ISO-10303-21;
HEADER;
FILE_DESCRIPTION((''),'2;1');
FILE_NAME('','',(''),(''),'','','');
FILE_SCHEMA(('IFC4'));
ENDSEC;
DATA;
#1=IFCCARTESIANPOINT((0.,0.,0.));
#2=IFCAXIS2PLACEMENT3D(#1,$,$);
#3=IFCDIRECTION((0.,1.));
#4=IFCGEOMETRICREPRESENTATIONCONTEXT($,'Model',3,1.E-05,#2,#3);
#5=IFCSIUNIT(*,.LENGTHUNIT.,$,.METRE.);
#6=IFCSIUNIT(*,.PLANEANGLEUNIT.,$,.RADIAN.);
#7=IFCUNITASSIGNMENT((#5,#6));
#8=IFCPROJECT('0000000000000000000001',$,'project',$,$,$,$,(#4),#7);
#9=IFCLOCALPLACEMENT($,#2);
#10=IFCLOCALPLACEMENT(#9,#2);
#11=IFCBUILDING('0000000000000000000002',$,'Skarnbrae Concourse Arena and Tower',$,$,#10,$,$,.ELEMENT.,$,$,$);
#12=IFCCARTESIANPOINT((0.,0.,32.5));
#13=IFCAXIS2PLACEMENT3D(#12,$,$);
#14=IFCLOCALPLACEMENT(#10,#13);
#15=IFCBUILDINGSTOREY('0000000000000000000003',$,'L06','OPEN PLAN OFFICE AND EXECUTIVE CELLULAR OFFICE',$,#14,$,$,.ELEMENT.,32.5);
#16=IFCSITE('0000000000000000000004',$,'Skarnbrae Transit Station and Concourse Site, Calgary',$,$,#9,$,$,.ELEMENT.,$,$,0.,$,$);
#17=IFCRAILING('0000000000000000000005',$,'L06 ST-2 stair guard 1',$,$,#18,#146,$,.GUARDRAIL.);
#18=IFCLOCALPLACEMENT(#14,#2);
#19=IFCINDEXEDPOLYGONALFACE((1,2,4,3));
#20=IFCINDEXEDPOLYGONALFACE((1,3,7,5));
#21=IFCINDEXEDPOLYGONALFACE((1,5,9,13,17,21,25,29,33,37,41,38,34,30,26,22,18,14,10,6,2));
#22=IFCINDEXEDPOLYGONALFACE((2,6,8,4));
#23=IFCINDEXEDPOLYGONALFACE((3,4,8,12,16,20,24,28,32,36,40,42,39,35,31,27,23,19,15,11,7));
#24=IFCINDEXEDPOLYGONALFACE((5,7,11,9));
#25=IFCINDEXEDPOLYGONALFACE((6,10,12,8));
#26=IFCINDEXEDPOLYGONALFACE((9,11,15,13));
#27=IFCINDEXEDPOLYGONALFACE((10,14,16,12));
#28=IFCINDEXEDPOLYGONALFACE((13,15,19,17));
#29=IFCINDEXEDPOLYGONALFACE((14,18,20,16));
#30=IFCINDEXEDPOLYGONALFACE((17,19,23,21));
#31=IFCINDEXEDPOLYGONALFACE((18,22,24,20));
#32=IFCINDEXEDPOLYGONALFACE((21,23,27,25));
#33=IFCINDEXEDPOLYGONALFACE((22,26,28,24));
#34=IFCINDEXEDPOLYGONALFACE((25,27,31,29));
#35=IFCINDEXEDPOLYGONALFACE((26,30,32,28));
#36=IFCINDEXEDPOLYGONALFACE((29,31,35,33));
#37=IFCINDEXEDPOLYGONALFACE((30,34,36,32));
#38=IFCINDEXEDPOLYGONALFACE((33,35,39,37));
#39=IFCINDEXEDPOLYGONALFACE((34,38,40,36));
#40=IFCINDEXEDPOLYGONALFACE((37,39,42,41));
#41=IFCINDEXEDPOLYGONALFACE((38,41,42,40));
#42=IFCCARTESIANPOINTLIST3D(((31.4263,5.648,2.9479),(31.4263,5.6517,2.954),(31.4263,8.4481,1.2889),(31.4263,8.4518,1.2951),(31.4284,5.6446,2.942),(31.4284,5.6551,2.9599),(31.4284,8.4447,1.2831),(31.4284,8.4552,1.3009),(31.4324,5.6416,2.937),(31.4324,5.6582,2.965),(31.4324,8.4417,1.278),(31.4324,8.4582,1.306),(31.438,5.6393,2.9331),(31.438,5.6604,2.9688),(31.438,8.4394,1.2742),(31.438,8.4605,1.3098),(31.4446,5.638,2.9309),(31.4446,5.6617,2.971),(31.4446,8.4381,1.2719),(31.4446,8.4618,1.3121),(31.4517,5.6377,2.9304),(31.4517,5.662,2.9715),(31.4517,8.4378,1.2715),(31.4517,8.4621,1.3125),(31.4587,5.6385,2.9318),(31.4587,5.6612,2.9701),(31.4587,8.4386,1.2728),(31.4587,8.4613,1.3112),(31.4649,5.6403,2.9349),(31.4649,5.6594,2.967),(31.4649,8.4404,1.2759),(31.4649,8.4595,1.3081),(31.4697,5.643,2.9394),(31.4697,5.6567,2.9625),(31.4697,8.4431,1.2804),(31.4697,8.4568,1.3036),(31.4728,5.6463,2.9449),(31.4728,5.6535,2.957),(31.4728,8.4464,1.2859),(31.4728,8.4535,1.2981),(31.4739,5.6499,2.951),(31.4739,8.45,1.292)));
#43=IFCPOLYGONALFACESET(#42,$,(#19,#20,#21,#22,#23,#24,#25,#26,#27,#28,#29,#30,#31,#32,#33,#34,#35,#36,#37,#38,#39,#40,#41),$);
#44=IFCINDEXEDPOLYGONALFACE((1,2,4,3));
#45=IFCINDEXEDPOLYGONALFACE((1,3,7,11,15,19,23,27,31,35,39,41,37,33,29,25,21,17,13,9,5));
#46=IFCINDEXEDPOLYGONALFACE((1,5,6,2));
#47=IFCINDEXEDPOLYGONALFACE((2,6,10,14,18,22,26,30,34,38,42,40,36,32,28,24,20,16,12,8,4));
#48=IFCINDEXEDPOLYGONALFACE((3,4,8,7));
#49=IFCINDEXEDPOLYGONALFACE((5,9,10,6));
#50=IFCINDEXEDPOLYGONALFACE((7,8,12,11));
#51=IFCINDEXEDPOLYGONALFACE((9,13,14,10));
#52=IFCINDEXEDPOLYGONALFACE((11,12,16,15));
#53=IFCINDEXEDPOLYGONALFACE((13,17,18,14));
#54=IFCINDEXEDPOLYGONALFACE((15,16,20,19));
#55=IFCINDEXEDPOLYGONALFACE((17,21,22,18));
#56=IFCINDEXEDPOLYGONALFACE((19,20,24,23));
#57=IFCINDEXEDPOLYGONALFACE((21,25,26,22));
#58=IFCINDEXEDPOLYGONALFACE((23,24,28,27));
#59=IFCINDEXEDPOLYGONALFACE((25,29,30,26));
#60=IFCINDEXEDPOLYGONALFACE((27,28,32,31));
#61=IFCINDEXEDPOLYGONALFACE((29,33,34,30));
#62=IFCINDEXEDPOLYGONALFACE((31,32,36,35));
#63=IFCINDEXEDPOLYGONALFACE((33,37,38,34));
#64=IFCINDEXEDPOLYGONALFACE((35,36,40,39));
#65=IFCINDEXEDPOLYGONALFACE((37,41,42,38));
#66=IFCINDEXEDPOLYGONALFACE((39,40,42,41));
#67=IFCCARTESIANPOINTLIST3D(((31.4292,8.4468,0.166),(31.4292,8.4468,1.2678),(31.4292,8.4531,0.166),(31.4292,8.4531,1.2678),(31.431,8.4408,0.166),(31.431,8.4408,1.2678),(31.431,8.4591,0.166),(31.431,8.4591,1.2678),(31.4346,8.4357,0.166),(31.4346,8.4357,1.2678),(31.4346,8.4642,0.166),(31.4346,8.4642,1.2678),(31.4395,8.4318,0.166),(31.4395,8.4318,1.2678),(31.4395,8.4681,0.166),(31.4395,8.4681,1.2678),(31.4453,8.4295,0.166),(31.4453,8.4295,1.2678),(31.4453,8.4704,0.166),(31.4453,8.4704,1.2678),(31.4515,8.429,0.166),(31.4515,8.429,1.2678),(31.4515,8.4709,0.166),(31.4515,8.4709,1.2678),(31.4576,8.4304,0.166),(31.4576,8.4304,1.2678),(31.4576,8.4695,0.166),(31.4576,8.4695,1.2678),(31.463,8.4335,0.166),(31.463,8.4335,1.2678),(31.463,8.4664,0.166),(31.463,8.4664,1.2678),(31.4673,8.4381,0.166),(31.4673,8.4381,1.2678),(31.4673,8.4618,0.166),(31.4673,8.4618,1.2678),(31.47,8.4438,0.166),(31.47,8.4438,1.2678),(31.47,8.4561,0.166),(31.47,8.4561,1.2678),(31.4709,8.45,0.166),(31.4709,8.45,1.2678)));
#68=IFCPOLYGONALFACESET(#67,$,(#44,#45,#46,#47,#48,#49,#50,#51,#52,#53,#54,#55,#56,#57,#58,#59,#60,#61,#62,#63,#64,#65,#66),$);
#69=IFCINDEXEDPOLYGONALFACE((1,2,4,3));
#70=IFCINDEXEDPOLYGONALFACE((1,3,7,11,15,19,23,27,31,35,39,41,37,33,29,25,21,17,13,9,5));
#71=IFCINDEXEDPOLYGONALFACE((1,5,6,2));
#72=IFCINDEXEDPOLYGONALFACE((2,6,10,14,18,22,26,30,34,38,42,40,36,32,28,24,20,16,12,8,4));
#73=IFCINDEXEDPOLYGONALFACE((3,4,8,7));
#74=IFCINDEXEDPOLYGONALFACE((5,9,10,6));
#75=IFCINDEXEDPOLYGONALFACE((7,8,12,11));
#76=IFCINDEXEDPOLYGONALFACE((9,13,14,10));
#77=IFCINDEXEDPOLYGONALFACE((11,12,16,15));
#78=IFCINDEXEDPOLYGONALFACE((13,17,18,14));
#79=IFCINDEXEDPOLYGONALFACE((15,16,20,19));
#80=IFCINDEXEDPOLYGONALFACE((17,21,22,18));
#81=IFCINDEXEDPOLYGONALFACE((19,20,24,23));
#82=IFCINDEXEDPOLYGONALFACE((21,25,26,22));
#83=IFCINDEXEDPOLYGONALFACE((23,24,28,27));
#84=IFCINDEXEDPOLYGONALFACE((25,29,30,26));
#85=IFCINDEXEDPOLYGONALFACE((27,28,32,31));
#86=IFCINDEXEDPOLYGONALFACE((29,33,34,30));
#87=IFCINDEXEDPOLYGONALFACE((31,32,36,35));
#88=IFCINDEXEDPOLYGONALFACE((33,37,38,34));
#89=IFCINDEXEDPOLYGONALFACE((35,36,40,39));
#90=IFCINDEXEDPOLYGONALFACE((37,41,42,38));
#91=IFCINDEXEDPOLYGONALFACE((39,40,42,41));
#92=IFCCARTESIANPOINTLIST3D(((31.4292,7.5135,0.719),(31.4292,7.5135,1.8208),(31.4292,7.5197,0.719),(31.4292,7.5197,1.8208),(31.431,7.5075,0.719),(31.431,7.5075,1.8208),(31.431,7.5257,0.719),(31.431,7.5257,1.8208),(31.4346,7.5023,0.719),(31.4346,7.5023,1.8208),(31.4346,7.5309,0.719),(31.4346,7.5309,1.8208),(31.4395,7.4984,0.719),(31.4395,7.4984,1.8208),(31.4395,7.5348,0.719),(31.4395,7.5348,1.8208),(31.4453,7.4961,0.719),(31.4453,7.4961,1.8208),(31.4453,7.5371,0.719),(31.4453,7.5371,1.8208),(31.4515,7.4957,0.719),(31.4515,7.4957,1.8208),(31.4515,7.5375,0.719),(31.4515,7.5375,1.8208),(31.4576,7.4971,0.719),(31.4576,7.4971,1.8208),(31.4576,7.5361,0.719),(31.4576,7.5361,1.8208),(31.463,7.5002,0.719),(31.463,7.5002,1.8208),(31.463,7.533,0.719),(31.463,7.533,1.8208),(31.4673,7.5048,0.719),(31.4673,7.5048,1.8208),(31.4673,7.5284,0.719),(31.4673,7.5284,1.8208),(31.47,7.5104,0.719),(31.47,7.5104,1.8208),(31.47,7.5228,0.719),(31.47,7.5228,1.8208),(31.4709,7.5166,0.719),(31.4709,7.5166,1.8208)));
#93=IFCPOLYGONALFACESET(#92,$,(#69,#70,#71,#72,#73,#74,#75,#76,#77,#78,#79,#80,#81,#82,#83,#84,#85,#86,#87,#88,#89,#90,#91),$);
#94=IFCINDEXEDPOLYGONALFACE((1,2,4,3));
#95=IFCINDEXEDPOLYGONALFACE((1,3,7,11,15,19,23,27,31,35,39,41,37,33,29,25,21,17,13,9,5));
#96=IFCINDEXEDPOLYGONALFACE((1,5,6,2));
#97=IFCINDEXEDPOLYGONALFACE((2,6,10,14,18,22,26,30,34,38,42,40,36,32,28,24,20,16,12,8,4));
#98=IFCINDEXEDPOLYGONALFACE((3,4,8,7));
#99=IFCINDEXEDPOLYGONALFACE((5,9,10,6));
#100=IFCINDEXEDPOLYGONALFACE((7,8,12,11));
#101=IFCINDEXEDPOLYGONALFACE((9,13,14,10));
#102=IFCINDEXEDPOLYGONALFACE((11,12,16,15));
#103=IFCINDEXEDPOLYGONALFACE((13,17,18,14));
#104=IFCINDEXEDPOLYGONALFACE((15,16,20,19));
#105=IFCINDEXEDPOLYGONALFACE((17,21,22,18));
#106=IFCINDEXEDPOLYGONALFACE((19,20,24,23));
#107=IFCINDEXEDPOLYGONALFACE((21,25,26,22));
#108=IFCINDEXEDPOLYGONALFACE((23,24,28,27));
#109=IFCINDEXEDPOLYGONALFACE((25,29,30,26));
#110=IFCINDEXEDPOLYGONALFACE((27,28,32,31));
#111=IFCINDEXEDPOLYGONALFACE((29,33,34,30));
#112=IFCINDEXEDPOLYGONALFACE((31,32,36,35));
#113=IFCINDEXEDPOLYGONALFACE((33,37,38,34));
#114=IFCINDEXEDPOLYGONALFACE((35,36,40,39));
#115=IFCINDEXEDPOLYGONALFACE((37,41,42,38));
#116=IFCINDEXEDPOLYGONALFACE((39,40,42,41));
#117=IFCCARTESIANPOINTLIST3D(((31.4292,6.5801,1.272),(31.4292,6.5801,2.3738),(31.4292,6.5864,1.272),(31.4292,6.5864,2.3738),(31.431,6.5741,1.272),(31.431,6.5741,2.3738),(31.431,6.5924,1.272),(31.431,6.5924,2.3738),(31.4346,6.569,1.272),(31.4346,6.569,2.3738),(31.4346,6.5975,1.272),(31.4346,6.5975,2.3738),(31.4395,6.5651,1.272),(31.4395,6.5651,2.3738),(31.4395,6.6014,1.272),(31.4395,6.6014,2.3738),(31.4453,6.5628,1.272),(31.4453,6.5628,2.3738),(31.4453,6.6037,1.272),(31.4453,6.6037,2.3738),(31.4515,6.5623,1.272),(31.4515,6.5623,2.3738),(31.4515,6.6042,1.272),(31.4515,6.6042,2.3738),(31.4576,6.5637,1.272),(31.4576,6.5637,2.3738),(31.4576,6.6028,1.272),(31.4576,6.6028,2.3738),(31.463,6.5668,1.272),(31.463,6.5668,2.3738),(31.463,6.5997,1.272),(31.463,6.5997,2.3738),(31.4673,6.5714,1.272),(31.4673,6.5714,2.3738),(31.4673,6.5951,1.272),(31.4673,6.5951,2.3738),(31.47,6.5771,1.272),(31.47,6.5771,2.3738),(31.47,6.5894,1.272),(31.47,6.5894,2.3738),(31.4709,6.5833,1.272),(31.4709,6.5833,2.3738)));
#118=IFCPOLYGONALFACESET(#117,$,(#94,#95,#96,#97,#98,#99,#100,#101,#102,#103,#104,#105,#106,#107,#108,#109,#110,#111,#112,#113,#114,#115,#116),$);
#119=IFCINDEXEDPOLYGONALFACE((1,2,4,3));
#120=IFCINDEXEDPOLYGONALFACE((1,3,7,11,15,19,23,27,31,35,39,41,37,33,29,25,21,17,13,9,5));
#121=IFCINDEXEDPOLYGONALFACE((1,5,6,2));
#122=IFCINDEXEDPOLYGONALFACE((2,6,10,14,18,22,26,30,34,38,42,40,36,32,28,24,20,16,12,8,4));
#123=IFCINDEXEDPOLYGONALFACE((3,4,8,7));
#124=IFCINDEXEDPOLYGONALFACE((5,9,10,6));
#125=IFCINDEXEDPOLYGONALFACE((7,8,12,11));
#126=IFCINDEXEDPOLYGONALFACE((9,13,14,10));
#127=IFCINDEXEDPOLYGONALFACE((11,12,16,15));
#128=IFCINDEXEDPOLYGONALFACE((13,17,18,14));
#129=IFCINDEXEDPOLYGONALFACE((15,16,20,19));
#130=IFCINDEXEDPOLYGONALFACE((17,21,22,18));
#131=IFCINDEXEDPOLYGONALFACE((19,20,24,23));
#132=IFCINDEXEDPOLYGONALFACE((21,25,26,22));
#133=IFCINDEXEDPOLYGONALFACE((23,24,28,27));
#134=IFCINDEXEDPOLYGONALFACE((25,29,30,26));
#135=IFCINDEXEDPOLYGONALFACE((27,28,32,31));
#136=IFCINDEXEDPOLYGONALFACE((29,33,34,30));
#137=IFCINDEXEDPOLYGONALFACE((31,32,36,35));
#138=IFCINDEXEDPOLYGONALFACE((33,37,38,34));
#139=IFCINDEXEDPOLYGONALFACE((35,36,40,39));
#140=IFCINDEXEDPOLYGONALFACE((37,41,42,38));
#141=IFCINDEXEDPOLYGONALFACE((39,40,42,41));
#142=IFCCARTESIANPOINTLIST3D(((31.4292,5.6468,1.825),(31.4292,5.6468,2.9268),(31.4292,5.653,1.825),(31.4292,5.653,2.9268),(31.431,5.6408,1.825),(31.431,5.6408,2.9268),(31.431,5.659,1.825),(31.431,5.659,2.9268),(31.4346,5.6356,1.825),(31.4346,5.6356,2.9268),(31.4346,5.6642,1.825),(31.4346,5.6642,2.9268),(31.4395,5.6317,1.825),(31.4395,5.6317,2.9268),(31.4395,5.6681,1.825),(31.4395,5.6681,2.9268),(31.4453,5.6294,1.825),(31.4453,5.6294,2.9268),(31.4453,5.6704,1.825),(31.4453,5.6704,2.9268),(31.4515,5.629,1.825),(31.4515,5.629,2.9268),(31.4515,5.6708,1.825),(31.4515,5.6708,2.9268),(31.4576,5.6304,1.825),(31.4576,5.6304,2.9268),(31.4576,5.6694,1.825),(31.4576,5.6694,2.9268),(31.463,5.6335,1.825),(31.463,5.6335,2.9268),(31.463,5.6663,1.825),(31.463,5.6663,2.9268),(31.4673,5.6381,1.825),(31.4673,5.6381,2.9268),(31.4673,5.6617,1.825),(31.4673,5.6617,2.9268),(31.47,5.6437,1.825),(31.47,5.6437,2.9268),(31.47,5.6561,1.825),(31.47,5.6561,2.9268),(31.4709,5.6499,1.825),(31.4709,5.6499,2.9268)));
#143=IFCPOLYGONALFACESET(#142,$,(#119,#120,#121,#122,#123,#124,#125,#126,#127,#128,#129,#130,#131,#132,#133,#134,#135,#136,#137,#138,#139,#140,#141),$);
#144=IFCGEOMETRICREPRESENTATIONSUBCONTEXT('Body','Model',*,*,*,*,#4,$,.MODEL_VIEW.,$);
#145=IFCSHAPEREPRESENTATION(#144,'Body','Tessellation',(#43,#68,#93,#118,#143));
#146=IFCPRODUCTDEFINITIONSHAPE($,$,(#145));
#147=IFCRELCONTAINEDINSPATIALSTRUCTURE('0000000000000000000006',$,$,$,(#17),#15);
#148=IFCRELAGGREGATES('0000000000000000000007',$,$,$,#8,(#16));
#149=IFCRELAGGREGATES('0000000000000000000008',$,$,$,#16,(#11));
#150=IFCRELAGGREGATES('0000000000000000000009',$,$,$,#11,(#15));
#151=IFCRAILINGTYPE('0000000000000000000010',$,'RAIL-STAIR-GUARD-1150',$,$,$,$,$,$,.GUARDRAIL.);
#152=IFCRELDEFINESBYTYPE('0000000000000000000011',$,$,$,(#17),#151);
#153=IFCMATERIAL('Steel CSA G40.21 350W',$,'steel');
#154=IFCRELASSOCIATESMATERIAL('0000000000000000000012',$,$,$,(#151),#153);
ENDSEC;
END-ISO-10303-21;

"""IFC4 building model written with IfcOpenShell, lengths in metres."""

from ifc_helpers import new_model, si_unit, direction, frame, origin, origin_2d, place, context, subcontext, project, spatial, circle, extrude, material, type_object, element, save


model = new_model("IFC4")

# Units and contexts
model_context = context("Model", 3, precision=1e-05, world=origin(), true_north=direction((0.0, 1.0)))
body_context = subcontext(model_context, "Body", "Model", "MODEL_VIEW")
ifc_project = project(units=[si_unit("LENGTHUNIT", "METRE"), si_unit("PLANEANGLEUNIT", "RADIAN")], contexts=[model_context])

# Site, building, storey
site_placement = place(None, origin())
site = spatial("IfcSite", under=ifc_project, at=site_placement, Name="Skarnbrae Transit Station and Concourse Site, Calgary", CompositionType="ELEMENT", RefElevation=0.0)
building_placement = place(site_placement, origin())
building = spatial("IfcBuilding", under=site, at=building_placement, Name="Skarnbrae Concourse Arena and Tower", CompositionType="ELEMENT")
storey_placement = place(building_placement, frame((0.0, 0.0, 32.5)))
storey = spatial("IfcBuildingStorey", under=building, at=storey_placement, Name="L06", Description="OPEN PLAN OFFICE AND EXECUTIVE CELLULAR OFFICE", CompositionType="ELEMENT", Elevation=32.5)

# Shared definitions
ifc_material_1 = material(Name="Steel CSA G40.21 350W", Category="steel")

# Railing
railing_type_1 = type_object("IfcRailingType", Name="RAIL-STAIR-GUARD-1150", PredefinedType="GUARDRAIL", material=ifc_material_1)
railing_1_placement = place(storey_placement, frame((31.45, 8.45, 0.166)))
element("IfcRailing", 1, at=railing_1_placement, inside=storey, type_object=railing_type_1, Name="L06 ST-2 stair guard 1", PredefinedType="GUARDRAIL", context=body_context, shape_type="SweptSolid", body=[
    extrude(circle(Radius=0.0239, at=origin_2d()), frame((0.0, 0.0, 1.126), z_axis=(0.0, -0.860339, 0.509722), x_axis=(1.0, 0.0, 0.0)), (0.0, 0.0, 1.0), 3.2546),
    extrude(circle(Radius=0.021, at=origin_2d()), origin(), (0.0, 0.0, 1.0), 1.1018),
    extrude(circle(Radius=0.021, at=origin_2d()), frame((0.0, -0.9333, 0.553)), (0.0, 0.0, 1.0), 1.1018),
    extrude(circle(Radius=0.021, at=origin_2d()), frame((0.0, -1.8667, 1.106)), (0.0, 0.0, 1.0), 1.1018),
    extrude(circle(Radius=0.021, at=origin_2d()), frame((0.0, -2.8, 1.6589)), (0.0, 0.0, 1.0), 1.1018),
])

save(model, "model.ifc")
